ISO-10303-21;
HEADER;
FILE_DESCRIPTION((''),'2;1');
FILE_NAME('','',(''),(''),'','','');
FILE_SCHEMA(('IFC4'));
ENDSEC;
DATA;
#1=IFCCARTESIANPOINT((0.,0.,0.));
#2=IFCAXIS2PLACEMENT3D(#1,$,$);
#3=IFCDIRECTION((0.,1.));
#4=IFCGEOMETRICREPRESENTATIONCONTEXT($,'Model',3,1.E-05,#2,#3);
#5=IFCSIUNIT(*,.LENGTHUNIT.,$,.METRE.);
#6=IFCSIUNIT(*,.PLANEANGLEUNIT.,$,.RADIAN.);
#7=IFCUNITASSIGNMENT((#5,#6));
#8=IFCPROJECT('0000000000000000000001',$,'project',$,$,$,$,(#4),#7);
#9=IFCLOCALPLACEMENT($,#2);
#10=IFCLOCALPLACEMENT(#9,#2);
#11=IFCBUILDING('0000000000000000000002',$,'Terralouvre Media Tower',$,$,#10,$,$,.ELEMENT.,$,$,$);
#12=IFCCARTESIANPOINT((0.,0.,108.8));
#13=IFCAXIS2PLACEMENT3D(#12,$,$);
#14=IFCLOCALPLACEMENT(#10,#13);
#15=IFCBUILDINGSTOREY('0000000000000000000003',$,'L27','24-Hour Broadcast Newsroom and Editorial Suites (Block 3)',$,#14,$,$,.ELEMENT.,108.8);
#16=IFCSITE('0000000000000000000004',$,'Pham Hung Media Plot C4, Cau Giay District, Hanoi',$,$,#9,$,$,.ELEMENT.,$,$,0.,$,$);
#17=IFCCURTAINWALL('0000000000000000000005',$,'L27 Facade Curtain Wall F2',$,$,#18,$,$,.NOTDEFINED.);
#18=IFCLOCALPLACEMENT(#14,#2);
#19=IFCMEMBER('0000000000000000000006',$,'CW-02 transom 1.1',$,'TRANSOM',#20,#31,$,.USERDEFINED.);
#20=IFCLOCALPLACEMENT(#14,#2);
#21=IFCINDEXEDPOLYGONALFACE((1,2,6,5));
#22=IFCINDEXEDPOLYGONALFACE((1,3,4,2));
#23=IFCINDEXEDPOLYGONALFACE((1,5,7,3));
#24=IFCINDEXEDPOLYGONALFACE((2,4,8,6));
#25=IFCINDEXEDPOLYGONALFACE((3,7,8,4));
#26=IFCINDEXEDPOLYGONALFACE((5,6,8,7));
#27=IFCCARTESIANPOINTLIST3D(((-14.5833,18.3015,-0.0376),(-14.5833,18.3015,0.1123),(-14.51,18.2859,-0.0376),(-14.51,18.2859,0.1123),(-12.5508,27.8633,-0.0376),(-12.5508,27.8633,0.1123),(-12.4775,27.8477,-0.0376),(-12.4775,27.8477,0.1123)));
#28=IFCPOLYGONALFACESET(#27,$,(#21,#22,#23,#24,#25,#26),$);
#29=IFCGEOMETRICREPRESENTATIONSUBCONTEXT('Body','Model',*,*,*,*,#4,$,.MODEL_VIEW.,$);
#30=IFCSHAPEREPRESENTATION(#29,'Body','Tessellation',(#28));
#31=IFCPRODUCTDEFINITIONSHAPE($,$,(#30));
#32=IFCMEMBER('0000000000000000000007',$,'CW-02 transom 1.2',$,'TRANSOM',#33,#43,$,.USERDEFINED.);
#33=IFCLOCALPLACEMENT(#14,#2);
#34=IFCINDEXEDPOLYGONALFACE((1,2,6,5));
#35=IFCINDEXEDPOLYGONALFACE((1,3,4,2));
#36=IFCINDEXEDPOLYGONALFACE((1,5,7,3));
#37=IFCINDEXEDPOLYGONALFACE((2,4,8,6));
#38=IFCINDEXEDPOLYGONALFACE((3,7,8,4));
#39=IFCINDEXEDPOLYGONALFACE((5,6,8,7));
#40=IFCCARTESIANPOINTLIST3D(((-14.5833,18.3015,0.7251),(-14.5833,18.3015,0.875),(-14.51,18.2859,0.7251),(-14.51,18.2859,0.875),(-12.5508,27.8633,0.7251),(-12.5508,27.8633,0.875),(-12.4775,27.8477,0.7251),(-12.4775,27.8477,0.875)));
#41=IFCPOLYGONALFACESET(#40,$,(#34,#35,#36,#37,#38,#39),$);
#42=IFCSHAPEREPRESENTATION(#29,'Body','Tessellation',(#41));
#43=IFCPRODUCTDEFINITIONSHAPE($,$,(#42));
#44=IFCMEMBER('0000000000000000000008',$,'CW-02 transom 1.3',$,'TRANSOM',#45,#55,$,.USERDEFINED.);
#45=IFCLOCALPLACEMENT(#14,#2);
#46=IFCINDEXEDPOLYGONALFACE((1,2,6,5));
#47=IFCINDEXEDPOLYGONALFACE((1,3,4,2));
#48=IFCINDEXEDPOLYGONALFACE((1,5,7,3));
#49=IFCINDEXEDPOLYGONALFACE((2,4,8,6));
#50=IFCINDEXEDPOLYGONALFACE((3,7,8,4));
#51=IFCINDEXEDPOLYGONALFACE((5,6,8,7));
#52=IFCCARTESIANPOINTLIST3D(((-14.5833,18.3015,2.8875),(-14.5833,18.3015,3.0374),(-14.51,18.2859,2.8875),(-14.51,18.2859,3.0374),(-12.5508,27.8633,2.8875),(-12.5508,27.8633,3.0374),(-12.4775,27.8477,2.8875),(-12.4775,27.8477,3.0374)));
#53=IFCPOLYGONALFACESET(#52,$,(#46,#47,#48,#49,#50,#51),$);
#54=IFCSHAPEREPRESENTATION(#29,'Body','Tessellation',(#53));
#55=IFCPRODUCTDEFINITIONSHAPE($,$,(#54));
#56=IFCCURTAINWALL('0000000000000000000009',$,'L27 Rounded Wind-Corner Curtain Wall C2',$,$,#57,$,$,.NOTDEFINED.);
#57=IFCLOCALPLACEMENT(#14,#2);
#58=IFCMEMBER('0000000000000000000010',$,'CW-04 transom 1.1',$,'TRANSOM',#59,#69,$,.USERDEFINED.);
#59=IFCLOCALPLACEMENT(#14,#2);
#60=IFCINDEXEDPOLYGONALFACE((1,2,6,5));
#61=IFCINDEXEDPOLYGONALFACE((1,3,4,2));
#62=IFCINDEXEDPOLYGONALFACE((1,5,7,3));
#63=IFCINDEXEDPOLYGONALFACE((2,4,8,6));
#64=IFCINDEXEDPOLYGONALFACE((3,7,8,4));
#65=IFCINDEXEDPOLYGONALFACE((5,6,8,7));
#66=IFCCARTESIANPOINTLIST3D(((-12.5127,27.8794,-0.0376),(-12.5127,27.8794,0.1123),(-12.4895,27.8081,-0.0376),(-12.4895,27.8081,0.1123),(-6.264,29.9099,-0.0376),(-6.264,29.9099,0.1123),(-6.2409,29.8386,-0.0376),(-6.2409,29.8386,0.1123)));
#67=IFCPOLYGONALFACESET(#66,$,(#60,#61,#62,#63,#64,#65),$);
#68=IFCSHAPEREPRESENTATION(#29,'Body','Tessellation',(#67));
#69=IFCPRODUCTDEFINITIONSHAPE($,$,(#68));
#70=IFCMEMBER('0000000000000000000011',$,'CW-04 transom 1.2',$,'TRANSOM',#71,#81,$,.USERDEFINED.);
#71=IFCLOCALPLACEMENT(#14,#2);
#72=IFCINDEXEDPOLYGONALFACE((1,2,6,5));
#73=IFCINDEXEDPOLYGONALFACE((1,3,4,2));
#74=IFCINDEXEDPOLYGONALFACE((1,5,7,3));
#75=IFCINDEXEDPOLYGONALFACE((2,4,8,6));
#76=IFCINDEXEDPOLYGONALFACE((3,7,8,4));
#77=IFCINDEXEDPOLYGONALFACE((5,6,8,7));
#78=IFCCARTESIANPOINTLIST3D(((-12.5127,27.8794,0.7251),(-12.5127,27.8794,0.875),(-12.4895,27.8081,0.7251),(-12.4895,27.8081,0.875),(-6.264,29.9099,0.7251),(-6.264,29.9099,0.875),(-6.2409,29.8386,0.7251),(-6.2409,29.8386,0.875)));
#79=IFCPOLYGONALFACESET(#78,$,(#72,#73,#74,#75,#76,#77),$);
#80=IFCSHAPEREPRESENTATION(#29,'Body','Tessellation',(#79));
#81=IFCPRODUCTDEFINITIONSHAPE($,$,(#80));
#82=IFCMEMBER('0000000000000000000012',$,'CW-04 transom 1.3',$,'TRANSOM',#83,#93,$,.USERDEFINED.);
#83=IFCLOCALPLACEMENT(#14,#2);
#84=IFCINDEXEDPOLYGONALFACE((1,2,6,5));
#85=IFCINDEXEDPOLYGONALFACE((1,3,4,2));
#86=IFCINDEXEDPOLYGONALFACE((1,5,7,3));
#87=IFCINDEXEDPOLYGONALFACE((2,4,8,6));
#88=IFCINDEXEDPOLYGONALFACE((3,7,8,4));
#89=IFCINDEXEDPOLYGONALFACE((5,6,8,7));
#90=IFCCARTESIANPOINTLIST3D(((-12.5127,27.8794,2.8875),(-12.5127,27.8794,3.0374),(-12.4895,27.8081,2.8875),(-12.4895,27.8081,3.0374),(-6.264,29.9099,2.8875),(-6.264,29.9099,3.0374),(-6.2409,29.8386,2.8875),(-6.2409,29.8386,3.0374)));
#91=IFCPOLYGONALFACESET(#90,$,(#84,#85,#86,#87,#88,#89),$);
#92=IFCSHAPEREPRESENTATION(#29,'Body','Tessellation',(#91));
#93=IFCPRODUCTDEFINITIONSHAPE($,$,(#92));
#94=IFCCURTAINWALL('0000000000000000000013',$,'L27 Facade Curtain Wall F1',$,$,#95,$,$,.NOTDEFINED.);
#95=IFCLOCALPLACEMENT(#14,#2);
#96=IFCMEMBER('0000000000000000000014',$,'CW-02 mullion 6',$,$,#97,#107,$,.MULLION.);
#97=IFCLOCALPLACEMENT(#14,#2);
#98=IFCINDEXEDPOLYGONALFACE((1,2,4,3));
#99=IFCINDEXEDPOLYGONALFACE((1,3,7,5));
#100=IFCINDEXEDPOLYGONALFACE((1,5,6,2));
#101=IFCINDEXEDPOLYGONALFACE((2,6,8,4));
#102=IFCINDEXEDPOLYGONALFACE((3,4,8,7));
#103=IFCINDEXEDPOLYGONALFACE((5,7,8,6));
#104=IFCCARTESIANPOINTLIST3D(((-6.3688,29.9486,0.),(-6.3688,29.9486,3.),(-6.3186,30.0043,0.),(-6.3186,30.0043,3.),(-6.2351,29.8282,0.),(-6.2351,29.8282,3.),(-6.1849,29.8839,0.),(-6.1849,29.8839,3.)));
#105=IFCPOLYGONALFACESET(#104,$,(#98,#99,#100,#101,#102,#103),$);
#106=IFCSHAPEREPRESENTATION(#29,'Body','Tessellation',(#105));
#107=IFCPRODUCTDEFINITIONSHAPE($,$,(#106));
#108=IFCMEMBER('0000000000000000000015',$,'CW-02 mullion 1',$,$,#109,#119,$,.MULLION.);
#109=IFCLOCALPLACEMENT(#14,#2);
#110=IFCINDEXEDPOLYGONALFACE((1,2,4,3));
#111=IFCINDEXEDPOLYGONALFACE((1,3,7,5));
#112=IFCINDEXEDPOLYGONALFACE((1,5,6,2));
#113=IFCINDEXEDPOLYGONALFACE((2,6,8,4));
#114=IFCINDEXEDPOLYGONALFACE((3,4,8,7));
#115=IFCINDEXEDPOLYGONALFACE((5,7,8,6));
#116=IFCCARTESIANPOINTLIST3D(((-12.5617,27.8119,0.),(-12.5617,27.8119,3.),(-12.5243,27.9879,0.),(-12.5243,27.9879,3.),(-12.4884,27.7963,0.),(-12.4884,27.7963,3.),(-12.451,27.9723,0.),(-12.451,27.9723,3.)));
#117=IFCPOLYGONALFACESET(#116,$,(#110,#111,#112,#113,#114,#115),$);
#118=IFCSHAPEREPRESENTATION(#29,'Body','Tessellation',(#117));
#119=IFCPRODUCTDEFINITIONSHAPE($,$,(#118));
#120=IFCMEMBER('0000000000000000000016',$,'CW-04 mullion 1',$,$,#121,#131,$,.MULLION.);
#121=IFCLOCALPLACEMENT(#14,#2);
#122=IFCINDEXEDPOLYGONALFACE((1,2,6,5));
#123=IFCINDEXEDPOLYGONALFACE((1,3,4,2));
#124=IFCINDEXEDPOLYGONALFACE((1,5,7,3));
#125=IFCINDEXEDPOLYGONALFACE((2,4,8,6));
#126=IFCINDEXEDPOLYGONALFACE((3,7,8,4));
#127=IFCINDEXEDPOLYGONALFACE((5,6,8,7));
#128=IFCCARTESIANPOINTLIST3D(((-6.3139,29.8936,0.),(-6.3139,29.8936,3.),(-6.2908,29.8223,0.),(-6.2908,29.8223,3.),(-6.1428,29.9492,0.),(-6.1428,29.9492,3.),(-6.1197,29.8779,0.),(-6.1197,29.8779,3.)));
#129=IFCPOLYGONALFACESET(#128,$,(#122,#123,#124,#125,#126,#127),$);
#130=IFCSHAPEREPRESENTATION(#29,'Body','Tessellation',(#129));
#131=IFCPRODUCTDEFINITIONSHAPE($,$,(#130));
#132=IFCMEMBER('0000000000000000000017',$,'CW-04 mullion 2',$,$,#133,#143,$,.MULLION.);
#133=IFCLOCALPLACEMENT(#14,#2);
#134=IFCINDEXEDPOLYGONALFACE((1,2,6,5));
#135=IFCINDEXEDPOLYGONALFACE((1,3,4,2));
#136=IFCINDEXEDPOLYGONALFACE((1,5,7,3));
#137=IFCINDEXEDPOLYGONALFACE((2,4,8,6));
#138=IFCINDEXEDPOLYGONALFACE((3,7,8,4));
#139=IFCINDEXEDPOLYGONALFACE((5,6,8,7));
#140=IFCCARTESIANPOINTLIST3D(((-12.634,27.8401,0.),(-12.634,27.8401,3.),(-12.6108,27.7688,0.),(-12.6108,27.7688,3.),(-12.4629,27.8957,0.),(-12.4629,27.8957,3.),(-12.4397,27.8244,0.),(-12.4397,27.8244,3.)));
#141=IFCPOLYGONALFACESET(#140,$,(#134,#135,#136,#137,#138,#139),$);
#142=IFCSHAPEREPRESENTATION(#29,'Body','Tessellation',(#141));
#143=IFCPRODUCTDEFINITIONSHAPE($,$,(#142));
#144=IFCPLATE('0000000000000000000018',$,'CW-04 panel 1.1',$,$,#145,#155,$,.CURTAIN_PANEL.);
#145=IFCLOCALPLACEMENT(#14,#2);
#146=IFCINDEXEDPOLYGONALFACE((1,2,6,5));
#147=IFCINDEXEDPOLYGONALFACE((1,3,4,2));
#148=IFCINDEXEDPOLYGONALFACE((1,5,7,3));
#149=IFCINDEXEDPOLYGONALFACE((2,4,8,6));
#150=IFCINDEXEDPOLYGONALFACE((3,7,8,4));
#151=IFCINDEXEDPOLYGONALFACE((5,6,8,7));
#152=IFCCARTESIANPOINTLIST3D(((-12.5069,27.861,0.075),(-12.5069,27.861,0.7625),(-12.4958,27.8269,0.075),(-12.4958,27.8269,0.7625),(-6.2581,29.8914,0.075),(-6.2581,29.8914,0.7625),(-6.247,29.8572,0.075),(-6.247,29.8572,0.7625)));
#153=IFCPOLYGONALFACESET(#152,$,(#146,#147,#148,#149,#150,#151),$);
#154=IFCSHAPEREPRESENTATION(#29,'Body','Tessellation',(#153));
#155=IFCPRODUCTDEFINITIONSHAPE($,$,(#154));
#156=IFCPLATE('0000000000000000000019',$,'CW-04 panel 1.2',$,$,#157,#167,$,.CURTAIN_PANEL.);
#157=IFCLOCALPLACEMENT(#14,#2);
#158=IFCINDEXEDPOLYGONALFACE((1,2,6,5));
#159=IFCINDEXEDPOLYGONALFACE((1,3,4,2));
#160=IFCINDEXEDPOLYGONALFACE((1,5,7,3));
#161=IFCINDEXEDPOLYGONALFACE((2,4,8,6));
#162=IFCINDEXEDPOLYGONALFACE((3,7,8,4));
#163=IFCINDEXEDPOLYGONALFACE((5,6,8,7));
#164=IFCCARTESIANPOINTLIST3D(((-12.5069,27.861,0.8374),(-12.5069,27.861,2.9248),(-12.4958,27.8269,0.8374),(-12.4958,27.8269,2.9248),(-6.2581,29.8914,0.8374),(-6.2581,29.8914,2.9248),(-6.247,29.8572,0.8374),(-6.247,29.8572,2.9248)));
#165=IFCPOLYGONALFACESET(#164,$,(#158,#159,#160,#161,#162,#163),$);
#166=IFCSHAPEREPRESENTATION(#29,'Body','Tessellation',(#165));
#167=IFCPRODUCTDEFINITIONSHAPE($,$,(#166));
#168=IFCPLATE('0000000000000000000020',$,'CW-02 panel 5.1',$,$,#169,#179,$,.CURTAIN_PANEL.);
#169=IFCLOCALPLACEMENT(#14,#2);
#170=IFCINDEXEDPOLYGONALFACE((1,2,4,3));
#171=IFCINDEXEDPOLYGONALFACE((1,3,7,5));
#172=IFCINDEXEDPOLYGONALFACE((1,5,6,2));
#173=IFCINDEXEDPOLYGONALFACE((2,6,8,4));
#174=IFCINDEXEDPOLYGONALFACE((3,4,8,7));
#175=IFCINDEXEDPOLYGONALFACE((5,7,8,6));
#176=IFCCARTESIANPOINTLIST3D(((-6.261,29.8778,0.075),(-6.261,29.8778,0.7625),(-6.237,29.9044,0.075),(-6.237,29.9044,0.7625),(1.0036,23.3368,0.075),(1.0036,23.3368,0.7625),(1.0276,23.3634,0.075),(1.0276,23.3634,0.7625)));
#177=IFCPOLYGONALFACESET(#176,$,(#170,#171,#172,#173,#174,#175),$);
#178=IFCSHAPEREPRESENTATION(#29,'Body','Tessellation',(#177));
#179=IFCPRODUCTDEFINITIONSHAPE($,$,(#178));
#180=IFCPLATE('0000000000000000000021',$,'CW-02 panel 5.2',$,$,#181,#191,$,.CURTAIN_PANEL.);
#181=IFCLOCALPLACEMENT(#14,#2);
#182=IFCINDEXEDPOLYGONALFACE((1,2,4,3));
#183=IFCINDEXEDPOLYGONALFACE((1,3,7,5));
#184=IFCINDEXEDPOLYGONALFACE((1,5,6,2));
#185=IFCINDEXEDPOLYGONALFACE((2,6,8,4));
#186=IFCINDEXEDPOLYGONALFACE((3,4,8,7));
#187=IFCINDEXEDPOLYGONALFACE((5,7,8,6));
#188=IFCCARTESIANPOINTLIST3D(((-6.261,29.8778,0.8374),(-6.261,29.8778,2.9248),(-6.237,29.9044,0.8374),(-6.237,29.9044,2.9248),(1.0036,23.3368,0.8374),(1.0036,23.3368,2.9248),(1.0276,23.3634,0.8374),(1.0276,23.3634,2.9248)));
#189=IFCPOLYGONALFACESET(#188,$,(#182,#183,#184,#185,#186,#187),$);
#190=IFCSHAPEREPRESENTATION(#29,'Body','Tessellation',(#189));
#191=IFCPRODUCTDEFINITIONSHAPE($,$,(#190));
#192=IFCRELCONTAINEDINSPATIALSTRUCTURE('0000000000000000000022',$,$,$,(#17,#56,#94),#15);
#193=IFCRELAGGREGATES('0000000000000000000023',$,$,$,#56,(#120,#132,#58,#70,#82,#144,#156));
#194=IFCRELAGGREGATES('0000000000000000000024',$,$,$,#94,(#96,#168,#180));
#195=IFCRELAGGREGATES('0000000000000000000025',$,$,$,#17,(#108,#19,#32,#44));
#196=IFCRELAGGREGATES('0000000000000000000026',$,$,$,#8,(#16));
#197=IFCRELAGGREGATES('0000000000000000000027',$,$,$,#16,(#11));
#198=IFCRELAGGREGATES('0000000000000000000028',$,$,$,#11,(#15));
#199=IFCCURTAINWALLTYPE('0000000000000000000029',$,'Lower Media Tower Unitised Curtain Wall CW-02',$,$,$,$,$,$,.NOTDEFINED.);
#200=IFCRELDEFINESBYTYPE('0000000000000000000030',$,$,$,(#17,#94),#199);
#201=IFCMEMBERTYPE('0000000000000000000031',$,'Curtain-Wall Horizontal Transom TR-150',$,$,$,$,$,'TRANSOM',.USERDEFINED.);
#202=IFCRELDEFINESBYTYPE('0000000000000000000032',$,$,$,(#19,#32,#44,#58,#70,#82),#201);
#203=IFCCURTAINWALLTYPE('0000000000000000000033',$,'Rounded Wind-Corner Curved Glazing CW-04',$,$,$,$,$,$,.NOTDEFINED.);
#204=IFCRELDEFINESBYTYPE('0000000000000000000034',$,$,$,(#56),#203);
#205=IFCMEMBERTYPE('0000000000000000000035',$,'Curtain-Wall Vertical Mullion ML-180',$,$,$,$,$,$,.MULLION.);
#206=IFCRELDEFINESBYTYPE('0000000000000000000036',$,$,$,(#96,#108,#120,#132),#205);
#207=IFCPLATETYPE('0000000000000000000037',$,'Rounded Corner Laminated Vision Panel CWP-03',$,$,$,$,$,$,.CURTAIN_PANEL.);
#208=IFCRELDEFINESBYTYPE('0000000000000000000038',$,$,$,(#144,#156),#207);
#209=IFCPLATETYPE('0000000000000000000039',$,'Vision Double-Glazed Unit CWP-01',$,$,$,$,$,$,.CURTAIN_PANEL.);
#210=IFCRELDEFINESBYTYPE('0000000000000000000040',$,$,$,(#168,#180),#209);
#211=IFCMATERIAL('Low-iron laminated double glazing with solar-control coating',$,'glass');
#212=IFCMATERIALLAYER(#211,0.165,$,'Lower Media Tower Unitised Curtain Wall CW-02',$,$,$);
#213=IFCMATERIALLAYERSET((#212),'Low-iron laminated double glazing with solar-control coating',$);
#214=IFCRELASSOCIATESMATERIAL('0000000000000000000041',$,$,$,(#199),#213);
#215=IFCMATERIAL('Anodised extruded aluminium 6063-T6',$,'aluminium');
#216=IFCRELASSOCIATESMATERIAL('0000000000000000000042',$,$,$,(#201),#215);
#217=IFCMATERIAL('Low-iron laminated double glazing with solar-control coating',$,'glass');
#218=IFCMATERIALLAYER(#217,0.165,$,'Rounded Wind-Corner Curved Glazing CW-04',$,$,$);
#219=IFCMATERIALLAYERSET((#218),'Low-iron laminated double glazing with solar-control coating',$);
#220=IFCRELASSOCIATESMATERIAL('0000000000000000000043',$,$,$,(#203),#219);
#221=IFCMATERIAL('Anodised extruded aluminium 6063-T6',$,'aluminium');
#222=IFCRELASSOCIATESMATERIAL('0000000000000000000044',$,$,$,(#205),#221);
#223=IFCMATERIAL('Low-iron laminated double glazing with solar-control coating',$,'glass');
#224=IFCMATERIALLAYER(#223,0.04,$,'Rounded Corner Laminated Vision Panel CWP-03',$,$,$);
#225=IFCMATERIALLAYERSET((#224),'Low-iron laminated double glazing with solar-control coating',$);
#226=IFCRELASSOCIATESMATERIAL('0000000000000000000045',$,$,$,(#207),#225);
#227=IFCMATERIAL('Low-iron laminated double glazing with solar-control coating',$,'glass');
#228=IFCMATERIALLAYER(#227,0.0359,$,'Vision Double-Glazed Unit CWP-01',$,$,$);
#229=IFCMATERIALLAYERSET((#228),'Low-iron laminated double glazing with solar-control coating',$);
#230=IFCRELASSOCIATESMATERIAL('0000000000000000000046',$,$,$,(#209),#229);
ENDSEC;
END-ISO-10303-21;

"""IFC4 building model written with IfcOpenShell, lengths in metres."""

from ifc_helpers import new_model, si_unit, direction, frame, origin, origin_2d, place, context, subcontext, project, spatial, rectangle, extrude, material, layer, layer_set, material_profile, profile_set, type_object, element, aggregate, save


model = new_model("IFC4")

# Units and contexts
model_context = context("Model", 3, precision=1e-05, world=origin(), true_north=direction((0.0, 1.0)))
body_context = subcontext(model_context, "Body", "Model", "MODEL_VIEW")
ifc_project = project(units=[si_unit("LENGTHUNIT", "METRE"), si_unit("PLANEANGLEUNIT", "RADIAN")], contexts=[model_context])

# Site, building, storey
site_placement = place(None, origin())
site = spatial("IfcSite", under=ifc_project, at=site_placement, Name="Pham Hung Media Plot C4, Cau Giay District, Hanoi", CompositionType="ELEMENT", RefElevation=0.0)
building_placement = place(site_placement, origin())
building = spatial("IfcBuilding", under=site, at=building_placement, Name="Terralouvre Media Tower", CompositionType="ELEMENT")
storey_placement = place(building_placement, frame((0.0, 0.0, 108.8)))
storey = spatial("IfcBuildingStorey", under=building, at=storey_placement, Name="L27", Description="24-Hour Broadcast Newsroom and Editorial Suites (Block 3)", CompositionType="ELEMENT", Elevation=108.8)

# Curtain walls, members
ifc_material_1 = material(Name="Low-iron laminated double glazing with solar-control coating", Category="glass")
ifc_layer_1 = layer(ifc_material_1, 0.165, Name="Lower Media Tower Unitised Curtain Wall CW-02")
ifc_layer_set_1 = layer_set([ifc_layer_1], Name="Low-iron laminated double glazing with solar-control coating")
curtain_wall_type_1 = type_object("IfcCurtainWallType", Name="Lower Media Tower Unitised Curtain Wall CW-02", PredefinedType="NOTDEFINED", material=ifc_layer_set_1)
curtain_wall_1_placement = place(storey_placement, origin())
curtain_wall_1 = element("IfcCurtainWall", 1, at=curtain_wall_1_placement, inside=storey, type_object=curtain_wall_type_1, Name="L27 Facade Curtain Wall F2", PredefinedType="NOTDEFINED")
ifc_material_2 = material(Name="Anodised extruded aluminium 6063-T6", Category="aluminium")
ifc_material_profile_1 = material_profile(ifc_material_2, rectangle(XDim=0.075, YDim=0.1499, at=origin_2d()), Name="ALU 75x150")
ifc_profile_set_1 = profile_set([ifc_material_profile_1], Name="Anodised extruded aluminium 6063-T6")
member_type_1 = type_object("IfcMemberType", Name="Curtain-Wall Horizontal Transom TR-150", ElementType="TRANSOM", PredefinedType="USERDEFINED", material=ifc_profile_set_1)
member_1_placement = place(storey_placement, frame((-12.5142, 27.8555, 0.0374), z_axis=(-0.207917, -0.978146, 0.0), x_axis=(0.978146, -0.207917, 0.0)))
member_1 = element("IfcMember", 2, at=member_1_placement, type_object=member_type_1, Name="CW-02 transom 1.1", ObjectType="TRANSOM", PredefinedType="USERDEFINED", context=body_context, shape_type="SweptSolid", body=[
    extrude(rectangle(XDim=0.075, YDim=0.1499, at=origin_2d()), origin(), (0.0, 0.0, 1.0), 9.7754),
])
member_2_placement = place(storey_placement, frame((-12.5142, 27.8555, 0.8), z_axis=(-0.207917, -0.978146, 0.0), x_axis=(0.978146, -0.207917, 0.0)))
member_2 = element("IfcMember", 3, at=member_2_placement, type_object=member_type_1, Name="CW-02 transom 1.2", ObjectType="TRANSOM", PredefinedType="USERDEFINED", context=body_context, shape_type="SweptSolid", body=[
    extrude(rectangle(XDim=0.075, YDim=0.1499, at=origin_2d()), origin(), (0.0, 0.0, 1.0), 9.7754),
])
member_3_placement = place(storey_placement, frame((-12.5142, 27.8555, 2.9624), z_axis=(-0.207917, -0.978146, 0.0), x_axis=(0.978146, -0.207917, 0.0)))
member_3 = element("IfcMember", 4, at=member_3_placement, type_object=member_type_1, Name="CW-02 transom 1.3", ObjectType="TRANSOM", PredefinedType="USERDEFINED", context=body_context, shape_type="SweptSolid", body=[
    extrude(rectangle(XDim=0.075, YDim=0.1499, at=origin_2d()), origin(), (0.0, 0.0, 1.0), 9.7754),
])
ifc_material_3 = material(Name="Low-iron laminated double glazing with solar-control coating", Category="glass")
ifc_layer_2 = layer(ifc_material_3, 0.165, Name="Rounded Wind-Corner Curved Glazing CW-04")
ifc_layer_set_2 = layer_set([ifc_layer_2], Name="Low-iron laminated double glazing with solar-control coating")
curtain_wall_type_2 = type_object("IfcCurtainWallType", Name="Rounded Wind-Corner Curved Glazing CW-04", PredefinedType="NOTDEFINED", material=ifc_layer_set_2)
curtain_wall_2_placement = place(storey_placement, origin())
curtain_wall_2 = element("IfcCurtainWall", 5, at=curtain_wall_2_placement, inside=storey, type_object=curtain_wall_type_2, Name="L27 Rounded Wind-Corner Curtain Wall C2", PredefinedType="NOTDEFINED")
member_4_placement = place(storey_placement, frame((-6.2524, 29.8743, 0.0374), z_axis=(-0.951049, -0.30904, 0.0), x_axis=(0.30904, -0.951049, 0.0)))
member_4 = element("IfcMember", 6, at=member_4_placement, type_object=member_type_1, Name="CW-04 transom 1.1", ObjectType="TRANSOM", PredefinedType="USERDEFINED", context=body_context, shape_type="SweptSolid", body=[
    extrude(rectangle(XDim=0.075, YDim=0.1499, at=origin_2d()), origin(), (0.0, 0.0, 1.0), 6.5703),
])
member_5_placement = place(storey_placement, frame((-6.2524, 29.8743, 0.8), z_axis=(-0.951049, -0.30904, 0.0), x_axis=(0.30904, -0.951049, 0.0)))
member_5 = element("IfcMember", 7, at=member_5_placement, type_object=member_type_1, Name="CW-04 transom 1.2", ObjectType="TRANSOM", PredefinedType="USERDEFINED", context=body_context, shape_type="SweptSolid", body=[
    extrude(rectangle(XDim=0.075, YDim=0.1499, at=origin_2d()), origin(), (0.0, 0.0, 1.0), 6.5703),
])
member_6_placement = place(storey_placement, frame((-6.2524, 29.8743, 2.9624), z_axis=(-0.951049, -0.30904, 0.0), x_axis=(0.30904, -0.951049, 0.0)))
member_6 = element("IfcMember", 8, at=member_6_placement, type_object=member_type_1, Name="CW-04 transom 1.3", ObjectType="TRANSOM", PredefinedType="USERDEFINED", context=body_context, shape_type="SweptSolid", body=[
    extrude(rectangle(XDim=0.075, YDim=0.1499, at=origin_2d()), origin(), (0.0, 0.0, 1.0), 6.5703),
])

# Curtain wall, member
curtain_wall_3_placement = place(storey_placement, origin())
curtain_wall_3 = element("IfcCurtainWall", 9, at=curtain_wall_3_placement, inside=storey, type_object=curtain_wall_type_1, Name="L27 Facade Curtain Wall F1", PredefinedType="NOTDEFINED")
ifc_material_4 = material(Name="Anodised extruded aluminium 6063-T6", Category="aluminium")
ifc_material_profile_2 = material_profile(ifc_material_4, rectangle(XDim=0.075, YDim=0.1799, at=origin_2d()), Name="ALU 75x180")
ifc_profile_set_2 = profile_set([ifc_material_profile_2], Name="Anodised extruded aluminium 6063-T6")
member_type_2 = type_object("IfcMemberType", Name="Curtain-Wall Vertical Mullion ML-180", PredefinedType="MULLION", material=ifc_profile_set_2)
member_7_placement = place(storey_placement, frame((-6.2769, 29.9163, 0.0), z_axis=(0.0, 0.0, 1.0), x_axis=(-0.669131, -0.743145, 0.0)))
member_7 = element("IfcMember", 10, at=member_7_placement, type_object=member_type_2, Name="CW-02 mullion 6", PredefinedType="MULLION", context=body_context, shape_type="SweptSolid", body=[
    extrude(rectangle(XDim=0.075, YDim=0.1799, at=origin_2d()), origin(), (0.0, 0.0, 1.0), 3.0),
])

# Members
member_8_placement = place(storey_placement, frame((-12.5063, 27.8921, 0.0), z_axis=(0.0, 0.0, 1.0), x_axis=(0.978148, -0.207912, 0.0)))
member_8 = element("IfcMember", 11, at=member_8_placement, type_object=member_type_2, Name="CW-02 mullion 1", PredefinedType="MULLION", context=body_context, shape_type="SweptSolid", body=[
    extrude(rectangle(XDim=0.075, YDim=0.1799, at=origin_2d()), origin(), (0.0, 0.0, 1.0), 3.0),
])
member_9_placement = place(storey_placement, frame((-6.2168, 29.8857, 0.0), z_axis=(0.0, 0.0, 1.0), x_axis=(0.309018, -0.951056, 0.0)))
member_9 = element("IfcMember", 12, at=member_9_placement, type_object=member_type_2, Name="CW-04 mullion 1", PredefinedType="MULLION", context=body_context, shape_type="SweptSolid", body=[
    extrude(rectangle(XDim=0.075, YDim=0.1799, at=origin_2d()), origin(), (0.0, 0.0, 1.0), 3.0),
])
member_10_placement = place(storey_placement, frame((-12.5369, 27.8323, 0.0), z_axis=(0.0, 0.0, 1.0), x_axis=(0.309018, -0.951056, 0.0)))
member_10 = element("IfcMember", 13, at=member_10_placement, type_object=member_type_2, Name="CW-04 mullion 2", PredefinedType="MULLION", context=body_context, shape_type="SweptSolid", body=[
    extrude(rectangle(XDim=0.075, YDim=0.1799, at=origin_2d()), origin(), (0.0, 0.0, 1.0), 3.0),
])

# Plates
ifc_material_5 = material(Name="Low-iron laminated double glazing with solar-control coating", Category="glass")
ifc_layer_3 = layer(ifc_material_5, 0.04, Name="Rounded Corner Laminated Vision Panel CWP-03")
ifc_layer_set_3 = layer_set([ifc_layer_3], Name="Low-iron laminated double glazing with solar-control coating")
plate_type_1 = type_object("IfcPlateType", Name="Rounded Corner Laminated Vision Panel CWP-03", PredefinedType="CURTAIN_PANEL", material=ifc_layer_set_3)
plate_1_placement = place(storey_placement, frame((-9.377, 28.8591, 0.075), z_axis=(0.0, 0.0, 1.0), x_axis=(-0.951056, -0.309018, 0.0)))
plate_1 = element("IfcPlate", 14, at=plate_1_placement, type_object=plate_type_1, Name="CW-04 panel 1.1", PredefinedType="CURTAIN_PANEL", context=body_context, shape_type="SweptSolid", body=[
    extrude(rectangle(XDim=6.5703, YDim=0.0359, at=origin_2d()), origin(), (0.0, 0.0, 1.0), 0.6875),
])
plate_2_placement = place(storey_placement, frame((-9.377, 28.8591, 0.8374), z_axis=(0.0, 0.0, 1.0), x_axis=(-0.951056, -0.309018, 0.0)))
plate_2 = element("IfcPlate", 15, at=plate_2_placement, type_object=plate_type_1, Name="CW-04 panel 1.2", PredefinedType="CURTAIN_PANEL", context=body_context, shape_type="SweptSolid", body=[
    extrude(rectangle(XDim=6.5703, YDim=0.0359, at=origin_2d()), origin(), (0.0, 0.0, 1.0), 2.0874),
])
aggregate(curtain_wall_2, [member_9, member_10, member_4, member_5, member_6, plate_1, plate_2])
ifc_material_6 = material(Name="Low-iron laminated double glazing with solar-control coating", Category="glass")
ifc_layer_4 = layer(ifc_material_6, 0.0359, Name="Vision Double-Glazed Unit CWP-01")
ifc_layer_set_4 = layer_set([ifc_layer_4], Name="Low-iron laminated double glazing with solar-control coating")
plate_type_2 = type_object("IfcPlateType", Name="Vision Double-Glazed Unit CWP-01", PredefinedType="CURTAIN_PANEL", material=ifc_layer_set_4)
plate_3_placement = place(storey_placement, frame((-2.6167, 26.6206, 0.075), z_axis=(0.0, 0.0, 1.0), x_axis=(-0.743145, 0.669131, 0.0)))
plate_3 = element("IfcPlate", 16, at=plate_3_placement, type_object=plate_type_2, Name="CW-02 panel 5.1", PredefinedType="CURTAIN_PANEL", context=body_context, shape_type="SweptSolid", body=[
    extrude(rectangle(XDim=9.7754, YDim=0.0359, at=origin_2d()), origin(), (0.0, 0.0, 1.0), 0.6875),
])
plate_4_placement = place(storey_placement, frame((-2.6167, 26.6206, 0.8374), z_axis=(0.0, 0.0, 1.0), x_axis=(-0.743145, 0.669131, 0.0)))
plate_4 = element("IfcPlate", 17, at=plate_4_placement, type_object=plate_type_2, Name="CW-02 panel 5.2", PredefinedType="CURTAIN_PANEL", context=body_context, shape_type="SweptSolid", body=[
    extrude(rectangle(XDim=9.7754, YDim=0.0359, at=origin_2d()), origin(), (0.0, 0.0, 1.0), 2.0874),
])
aggregate(curtain_wall_3, [member_7, plate_3, plate_4])
aggregate(curtain_wall_1, [member_8, member_1, member_2, member_3])

save(model, "model.ifc")
